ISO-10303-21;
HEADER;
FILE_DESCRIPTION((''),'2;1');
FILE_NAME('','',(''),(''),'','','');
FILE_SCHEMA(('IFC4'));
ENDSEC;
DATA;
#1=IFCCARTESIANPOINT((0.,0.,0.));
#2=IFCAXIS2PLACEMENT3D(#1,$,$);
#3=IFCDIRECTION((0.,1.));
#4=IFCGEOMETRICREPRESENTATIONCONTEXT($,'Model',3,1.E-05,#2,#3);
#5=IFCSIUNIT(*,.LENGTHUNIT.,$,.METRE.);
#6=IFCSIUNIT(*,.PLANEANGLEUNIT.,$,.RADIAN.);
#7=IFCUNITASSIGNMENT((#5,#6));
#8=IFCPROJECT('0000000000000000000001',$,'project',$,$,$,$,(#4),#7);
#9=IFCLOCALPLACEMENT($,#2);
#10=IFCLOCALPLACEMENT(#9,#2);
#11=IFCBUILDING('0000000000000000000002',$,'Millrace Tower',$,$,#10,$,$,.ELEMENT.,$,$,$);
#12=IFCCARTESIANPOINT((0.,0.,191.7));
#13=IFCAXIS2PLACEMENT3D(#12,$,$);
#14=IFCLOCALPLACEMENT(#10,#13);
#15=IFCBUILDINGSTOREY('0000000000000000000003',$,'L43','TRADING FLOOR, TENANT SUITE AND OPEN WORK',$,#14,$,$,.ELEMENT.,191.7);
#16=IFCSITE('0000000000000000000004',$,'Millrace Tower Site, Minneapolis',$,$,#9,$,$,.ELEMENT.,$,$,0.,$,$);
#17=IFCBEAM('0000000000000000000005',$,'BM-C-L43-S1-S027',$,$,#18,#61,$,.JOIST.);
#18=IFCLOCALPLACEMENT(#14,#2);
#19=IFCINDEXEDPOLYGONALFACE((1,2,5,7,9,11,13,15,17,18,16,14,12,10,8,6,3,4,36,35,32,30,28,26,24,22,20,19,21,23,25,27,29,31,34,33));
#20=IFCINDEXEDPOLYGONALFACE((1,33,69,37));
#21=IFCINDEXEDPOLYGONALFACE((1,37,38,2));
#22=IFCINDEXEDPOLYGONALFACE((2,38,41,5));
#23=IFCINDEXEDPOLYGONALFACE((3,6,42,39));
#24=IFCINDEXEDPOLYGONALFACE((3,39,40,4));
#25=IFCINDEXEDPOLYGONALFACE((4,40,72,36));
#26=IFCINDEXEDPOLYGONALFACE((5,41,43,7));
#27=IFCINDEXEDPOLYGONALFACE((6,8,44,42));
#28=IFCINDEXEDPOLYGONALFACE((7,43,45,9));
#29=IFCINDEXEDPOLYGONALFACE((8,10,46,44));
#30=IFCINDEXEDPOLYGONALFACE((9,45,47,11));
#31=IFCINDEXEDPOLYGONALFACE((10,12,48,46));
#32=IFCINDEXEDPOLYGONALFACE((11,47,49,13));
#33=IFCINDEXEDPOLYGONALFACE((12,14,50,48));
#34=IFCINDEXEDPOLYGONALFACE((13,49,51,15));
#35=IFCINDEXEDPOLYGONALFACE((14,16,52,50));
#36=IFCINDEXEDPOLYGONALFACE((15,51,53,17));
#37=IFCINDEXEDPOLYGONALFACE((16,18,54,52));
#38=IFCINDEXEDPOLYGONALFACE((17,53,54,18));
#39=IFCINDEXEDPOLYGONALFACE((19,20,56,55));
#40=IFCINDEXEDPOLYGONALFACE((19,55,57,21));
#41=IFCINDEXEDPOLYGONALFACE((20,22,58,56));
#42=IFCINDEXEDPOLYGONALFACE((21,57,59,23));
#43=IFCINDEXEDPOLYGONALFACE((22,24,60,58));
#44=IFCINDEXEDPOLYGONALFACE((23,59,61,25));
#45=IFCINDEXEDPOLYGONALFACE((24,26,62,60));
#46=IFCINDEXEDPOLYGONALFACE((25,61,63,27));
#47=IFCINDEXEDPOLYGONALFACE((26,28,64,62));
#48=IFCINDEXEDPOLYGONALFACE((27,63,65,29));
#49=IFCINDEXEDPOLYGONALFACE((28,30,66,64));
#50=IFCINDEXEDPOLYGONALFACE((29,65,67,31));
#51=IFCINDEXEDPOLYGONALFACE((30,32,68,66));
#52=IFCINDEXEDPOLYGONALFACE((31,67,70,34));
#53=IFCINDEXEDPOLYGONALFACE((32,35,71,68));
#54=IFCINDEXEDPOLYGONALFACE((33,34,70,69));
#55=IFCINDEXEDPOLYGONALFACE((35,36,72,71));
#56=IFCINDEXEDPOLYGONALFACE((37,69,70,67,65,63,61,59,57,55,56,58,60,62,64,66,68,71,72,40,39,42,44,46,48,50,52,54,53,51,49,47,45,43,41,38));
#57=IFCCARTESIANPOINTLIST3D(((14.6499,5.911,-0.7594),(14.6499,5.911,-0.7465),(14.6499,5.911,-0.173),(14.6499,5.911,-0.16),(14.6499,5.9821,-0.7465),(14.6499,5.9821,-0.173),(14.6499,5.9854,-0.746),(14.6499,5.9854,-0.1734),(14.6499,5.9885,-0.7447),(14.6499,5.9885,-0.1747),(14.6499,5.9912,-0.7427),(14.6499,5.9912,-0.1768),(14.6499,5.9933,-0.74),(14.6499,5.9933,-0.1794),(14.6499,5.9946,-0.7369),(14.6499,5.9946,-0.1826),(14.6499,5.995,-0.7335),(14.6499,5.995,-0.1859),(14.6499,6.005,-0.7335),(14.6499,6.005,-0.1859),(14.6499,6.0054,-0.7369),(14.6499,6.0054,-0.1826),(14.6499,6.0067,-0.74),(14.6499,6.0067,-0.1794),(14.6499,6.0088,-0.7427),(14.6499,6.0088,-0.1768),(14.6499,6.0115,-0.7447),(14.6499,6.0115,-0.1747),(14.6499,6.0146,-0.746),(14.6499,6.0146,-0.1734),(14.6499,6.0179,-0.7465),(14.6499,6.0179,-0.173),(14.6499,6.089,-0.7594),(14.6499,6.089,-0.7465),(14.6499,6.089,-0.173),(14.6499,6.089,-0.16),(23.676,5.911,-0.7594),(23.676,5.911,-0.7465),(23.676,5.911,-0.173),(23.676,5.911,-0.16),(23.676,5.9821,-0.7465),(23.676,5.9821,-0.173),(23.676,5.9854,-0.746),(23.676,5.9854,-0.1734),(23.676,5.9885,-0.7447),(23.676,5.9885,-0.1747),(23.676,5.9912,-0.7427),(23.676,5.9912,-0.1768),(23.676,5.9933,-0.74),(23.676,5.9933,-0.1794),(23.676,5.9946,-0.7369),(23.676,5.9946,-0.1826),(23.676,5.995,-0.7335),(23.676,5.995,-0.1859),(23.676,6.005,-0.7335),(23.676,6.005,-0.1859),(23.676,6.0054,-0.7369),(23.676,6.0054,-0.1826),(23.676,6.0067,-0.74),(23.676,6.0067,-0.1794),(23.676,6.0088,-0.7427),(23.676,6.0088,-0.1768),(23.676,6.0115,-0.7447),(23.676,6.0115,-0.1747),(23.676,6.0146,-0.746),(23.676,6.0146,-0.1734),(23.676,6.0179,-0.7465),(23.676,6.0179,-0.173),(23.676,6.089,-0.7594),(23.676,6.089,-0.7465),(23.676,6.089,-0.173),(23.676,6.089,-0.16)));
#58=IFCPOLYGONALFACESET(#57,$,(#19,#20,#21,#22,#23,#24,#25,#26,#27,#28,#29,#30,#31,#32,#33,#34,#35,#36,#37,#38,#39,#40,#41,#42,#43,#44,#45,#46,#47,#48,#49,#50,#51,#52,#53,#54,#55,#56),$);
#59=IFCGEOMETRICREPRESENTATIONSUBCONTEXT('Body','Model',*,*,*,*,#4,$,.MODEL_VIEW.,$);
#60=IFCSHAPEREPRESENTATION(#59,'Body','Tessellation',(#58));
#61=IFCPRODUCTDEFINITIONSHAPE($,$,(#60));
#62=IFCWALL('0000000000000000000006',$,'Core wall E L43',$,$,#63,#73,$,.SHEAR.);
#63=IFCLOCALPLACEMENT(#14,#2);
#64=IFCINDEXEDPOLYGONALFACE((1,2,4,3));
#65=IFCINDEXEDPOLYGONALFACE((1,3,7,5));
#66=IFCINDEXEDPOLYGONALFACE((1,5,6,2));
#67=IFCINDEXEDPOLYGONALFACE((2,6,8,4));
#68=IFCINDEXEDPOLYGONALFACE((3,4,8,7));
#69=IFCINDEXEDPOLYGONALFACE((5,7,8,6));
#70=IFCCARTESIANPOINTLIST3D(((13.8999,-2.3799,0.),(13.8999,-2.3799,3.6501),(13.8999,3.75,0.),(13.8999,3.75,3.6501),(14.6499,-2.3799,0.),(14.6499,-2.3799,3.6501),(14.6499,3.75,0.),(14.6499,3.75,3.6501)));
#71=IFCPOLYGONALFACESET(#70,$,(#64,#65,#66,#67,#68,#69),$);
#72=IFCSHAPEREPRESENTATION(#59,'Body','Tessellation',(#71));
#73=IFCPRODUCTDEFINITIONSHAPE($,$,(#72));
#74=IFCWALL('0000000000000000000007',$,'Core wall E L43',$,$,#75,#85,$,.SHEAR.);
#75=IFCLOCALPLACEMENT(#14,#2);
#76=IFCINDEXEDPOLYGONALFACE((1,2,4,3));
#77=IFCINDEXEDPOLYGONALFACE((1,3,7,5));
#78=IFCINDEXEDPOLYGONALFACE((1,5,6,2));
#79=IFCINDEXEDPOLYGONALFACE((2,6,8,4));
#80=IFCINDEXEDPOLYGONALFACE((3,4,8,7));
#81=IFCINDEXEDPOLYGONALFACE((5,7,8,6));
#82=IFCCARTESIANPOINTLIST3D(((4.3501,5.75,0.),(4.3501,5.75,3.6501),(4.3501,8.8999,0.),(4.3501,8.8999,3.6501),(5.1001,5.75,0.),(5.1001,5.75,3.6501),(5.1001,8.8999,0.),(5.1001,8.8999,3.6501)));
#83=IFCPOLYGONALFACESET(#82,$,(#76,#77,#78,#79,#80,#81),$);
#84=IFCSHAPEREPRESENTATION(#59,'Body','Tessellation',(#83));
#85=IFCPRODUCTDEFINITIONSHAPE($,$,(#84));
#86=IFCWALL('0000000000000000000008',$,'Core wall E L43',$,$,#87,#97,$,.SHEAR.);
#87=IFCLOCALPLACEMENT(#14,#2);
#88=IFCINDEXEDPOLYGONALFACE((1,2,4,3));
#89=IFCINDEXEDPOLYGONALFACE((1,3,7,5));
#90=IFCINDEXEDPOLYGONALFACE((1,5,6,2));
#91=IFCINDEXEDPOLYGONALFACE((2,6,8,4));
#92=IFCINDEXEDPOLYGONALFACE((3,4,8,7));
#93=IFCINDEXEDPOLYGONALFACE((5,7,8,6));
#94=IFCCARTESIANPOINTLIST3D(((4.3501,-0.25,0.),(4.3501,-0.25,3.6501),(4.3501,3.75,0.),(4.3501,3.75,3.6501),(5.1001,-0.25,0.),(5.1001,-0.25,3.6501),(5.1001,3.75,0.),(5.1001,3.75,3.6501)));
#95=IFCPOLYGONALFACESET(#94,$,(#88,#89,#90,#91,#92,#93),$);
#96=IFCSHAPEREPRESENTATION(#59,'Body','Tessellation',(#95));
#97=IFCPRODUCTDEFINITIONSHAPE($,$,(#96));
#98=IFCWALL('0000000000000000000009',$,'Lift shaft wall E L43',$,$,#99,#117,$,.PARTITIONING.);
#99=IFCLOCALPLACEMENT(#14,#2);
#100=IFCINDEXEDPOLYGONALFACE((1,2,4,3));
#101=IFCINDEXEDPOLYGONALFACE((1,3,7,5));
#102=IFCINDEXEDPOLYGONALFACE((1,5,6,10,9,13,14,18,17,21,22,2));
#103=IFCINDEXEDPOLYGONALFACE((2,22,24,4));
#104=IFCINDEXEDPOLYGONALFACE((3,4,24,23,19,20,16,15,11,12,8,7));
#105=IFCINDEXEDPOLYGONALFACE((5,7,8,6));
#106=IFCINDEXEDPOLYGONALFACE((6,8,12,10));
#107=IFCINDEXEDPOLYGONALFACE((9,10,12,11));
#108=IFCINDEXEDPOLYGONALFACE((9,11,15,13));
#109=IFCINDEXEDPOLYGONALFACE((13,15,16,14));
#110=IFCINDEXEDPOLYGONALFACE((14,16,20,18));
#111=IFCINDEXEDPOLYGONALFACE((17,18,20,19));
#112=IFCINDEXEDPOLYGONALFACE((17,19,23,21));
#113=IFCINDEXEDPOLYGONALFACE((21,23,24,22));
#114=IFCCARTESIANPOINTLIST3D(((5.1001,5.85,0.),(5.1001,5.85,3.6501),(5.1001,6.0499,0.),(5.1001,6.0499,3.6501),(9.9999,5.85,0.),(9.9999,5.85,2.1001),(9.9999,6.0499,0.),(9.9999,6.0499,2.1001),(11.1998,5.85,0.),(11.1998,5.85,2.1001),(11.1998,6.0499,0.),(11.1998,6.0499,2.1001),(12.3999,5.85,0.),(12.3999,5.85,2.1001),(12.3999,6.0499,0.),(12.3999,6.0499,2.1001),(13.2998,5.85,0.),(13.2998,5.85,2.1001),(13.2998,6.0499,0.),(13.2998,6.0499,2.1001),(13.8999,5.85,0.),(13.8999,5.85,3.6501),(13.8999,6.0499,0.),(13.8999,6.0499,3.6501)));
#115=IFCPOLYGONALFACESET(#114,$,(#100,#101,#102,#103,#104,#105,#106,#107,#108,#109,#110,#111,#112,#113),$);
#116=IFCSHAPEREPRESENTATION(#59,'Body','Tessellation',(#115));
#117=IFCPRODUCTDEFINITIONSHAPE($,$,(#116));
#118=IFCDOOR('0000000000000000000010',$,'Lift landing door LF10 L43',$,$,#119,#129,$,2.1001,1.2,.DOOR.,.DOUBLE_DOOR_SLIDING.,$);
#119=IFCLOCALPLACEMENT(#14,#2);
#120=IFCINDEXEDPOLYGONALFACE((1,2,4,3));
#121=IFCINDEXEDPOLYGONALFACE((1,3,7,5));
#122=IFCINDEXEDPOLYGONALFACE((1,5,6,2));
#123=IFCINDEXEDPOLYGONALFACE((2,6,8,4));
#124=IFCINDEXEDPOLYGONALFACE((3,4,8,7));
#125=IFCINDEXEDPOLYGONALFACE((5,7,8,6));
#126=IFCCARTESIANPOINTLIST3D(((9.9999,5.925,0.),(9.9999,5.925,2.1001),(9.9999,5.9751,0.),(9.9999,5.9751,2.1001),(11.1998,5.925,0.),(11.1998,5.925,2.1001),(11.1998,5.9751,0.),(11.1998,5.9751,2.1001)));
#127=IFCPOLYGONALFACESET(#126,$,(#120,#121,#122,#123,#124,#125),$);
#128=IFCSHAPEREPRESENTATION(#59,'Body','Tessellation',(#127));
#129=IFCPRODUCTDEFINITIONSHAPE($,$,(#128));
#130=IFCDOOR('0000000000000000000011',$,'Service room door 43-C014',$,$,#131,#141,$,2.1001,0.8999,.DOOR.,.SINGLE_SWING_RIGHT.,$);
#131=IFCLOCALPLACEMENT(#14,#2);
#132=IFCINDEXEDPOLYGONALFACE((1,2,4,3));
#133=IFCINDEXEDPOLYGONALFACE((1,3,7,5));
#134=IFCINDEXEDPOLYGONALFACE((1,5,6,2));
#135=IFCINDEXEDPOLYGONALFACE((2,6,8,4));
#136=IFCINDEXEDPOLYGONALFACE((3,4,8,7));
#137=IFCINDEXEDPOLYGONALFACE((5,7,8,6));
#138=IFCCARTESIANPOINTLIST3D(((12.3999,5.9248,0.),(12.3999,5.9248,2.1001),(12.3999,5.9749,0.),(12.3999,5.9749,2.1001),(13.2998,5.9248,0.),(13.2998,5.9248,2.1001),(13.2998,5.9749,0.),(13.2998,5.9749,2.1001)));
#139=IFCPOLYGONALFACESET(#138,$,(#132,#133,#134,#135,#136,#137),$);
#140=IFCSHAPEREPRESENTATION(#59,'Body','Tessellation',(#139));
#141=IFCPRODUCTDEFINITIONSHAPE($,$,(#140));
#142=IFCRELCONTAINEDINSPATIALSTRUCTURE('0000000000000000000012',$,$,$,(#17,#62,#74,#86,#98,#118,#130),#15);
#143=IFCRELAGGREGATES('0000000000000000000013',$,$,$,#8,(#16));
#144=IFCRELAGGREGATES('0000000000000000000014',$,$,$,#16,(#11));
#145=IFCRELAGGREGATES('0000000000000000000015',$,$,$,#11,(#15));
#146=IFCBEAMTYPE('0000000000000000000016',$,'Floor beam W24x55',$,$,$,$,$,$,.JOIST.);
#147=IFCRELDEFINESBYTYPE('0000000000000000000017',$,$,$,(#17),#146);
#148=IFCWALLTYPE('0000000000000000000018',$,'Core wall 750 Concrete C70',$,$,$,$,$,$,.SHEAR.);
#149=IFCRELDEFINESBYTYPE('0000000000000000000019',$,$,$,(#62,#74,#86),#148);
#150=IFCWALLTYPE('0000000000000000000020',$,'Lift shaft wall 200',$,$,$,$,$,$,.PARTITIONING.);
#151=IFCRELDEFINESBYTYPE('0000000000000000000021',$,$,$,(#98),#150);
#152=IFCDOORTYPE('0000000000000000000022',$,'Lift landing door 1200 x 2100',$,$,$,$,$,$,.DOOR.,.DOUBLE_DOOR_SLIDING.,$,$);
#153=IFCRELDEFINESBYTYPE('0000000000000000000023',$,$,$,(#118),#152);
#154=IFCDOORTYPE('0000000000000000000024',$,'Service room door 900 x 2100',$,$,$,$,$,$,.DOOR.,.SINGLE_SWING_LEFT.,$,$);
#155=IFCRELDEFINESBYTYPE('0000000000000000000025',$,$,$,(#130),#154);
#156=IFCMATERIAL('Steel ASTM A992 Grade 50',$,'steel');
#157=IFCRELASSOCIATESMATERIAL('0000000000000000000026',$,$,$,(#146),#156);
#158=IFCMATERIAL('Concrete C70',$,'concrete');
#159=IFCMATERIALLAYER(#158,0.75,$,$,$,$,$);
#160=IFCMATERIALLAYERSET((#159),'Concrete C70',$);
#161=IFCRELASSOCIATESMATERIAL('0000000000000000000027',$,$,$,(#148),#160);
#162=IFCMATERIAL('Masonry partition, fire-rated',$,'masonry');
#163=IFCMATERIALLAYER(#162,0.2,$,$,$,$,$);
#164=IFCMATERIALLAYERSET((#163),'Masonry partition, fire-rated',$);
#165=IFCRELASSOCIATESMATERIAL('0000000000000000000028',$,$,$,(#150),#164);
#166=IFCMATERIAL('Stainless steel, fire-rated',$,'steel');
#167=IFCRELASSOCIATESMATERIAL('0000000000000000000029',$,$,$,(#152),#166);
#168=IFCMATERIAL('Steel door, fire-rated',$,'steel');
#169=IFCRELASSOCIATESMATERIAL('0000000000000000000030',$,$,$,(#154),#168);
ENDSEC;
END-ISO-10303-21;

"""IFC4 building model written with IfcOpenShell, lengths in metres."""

from ifc_helpers import new_model, si_unit, direction, frame, frame_2d, origin, origin_2d, place, context, subcontext, project, spatial, rectangle, i_section, extrude, material, layer, layer_set, material_profile, profile_set, type_object, element, fill, save


model = new_model("IFC4")

# Units and contexts
model_context = context("Model", 3, precision=1e-05, world=origin(), true_north=direction((0.0, 1.0)))
body_context = subcontext(model_context, "Body", "Model", "MODEL_VIEW")
ifc_project = project(units=[si_unit("LENGTHUNIT", "METRE"), si_unit("PLANEANGLEUNIT", "RADIAN")], contexts=[model_context])

# Site, building, storey
site_placement = place(None, origin())
site = spatial("IfcSite", under=ifc_project, at=site_placement, Name="Millrace Tower Site, Minneapolis", CompositionType="ELEMENT", RefElevation=0.0)
building_placement = place(site_placement, origin())
building = spatial("IfcBuilding", under=site, at=building_placement, Name="Millrace Tower", CompositionType="ELEMENT")
storey_placement = place(building_placement, frame((0.0, 0.0, 191.7)))
storey = spatial("IfcBuildingStorey", under=building, at=storey_placement, Name="L43", Description="TRADING FLOOR, TENANT SUITE AND OPEN WORK", CompositionType="ELEMENT", Elevation=191.7)

# Beam
ifc_material_1 = material(Name="Steel ASTM A992 Grade 50", Category="steel")
ifc_material_profile_1 = material_profile(ifc_material_1, i_section(OverallWidth=0.178, OverallDepth=0.5994, WebThickness=0.01, FlangeThickness=0.0129, FilletRadius=0.0129, at=origin_2d()))
ifc_profile_set_1 = profile_set([ifc_material_profile_1], Name="Steel ASTM A992 Grade 50")
beam_type_1 = type_object("IfcBeamType", Name="Floor beam W24x55", PredefinedType="JOIST", material=ifc_profile_set_1)
beam_1_placement = place(storey_placement, frame((14.6499, 6.0, -0.4597), z_axis=(1.0, 0.0, 0.0), x_axis=(0.0, 1.0, 0.0)))
element("IfcBeam", 1, at=beam_1_placement, inside=storey, type_object=beam_type_1, Name="BM-C-L43-S1-S027", PredefinedType="JOIST", context=body_context, shape_type="SweptSolid", body=[
    extrude(i_section(OverallWidth=0.178, OverallDepth=0.5994, WebThickness=0.01, FlangeThickness=0.0129, FilletRadius=0.0129, at=origin_2d()), origin(), (0.0, 0.0, 1.0), 9.0261),
])

# Walls
ifc_material_2 = material(Name="Concrete C70", Category="concrete")
ifc_layer_1 = layer(ifc_material_2, 0.75)
ifc_layer_set_1 = layer_set([ifc_layer_1], Name="Concrete C70")
wall_type_1 = type_object("IfcWallType", Name="Core wall 750 Concrete C70", PredefinedType="SHEAR", material=ifc_layer_set_1)
wall_1_placement = place(storey_placement, frame((14.2749, 3.75, 0.0), z_axis=(0.0, 0.0, 1.0), x_axis=(0.0, -1.0, 0.0)))
element("IfcWall", 2, at=wall_1_placement, inside=storey, type_object=wall_type_1, Name="Core wall E L43", PredefinedType="SHEAR", context=body_context, shape_type="SweptSolid", body=[
    extrude(rectangle(XDim=6.1299, YDim=0.75, at=frame_2d((3.0649, 0.0))), origin(), (0.0, 0.0, 1.0), 3.6501),
])
wall_2_placement = place(storey_placement, frame((4.7251, 8.8999, 0.0), z_axis=(0.0, 0.0, 1.0), x_axis=(0.0, -1.0, 0.0)))
element("IfcWall", 3, at=wall_2_placement, inside=storey, type_object=wall_type_1, Name="Core wall E L43", PredefinedType="SHEAR", context=body_context, shape_type="SweptSolid", body=[
    extrude(rectangle(XDim=3.1499, YDim=0.75, at=frame_2d((1.575, 0.0))), origin(), (0.0, 0.0, 1.0), 3.6501),
])
wall_3_placement = place(storey_placement, frame((4.7251, 3.75, 0.0), z_axis=(0.0, 0.0, 1.0), x_axis=(0.0, -1.0, 0.0)))
element("IfcWall", 4, at=wall_3_placement, inside=storey, type_object=wall_type_1, Name="Core wall E L43", PredefinedType="SHEAR", context=body_context, shape_type="SweptSolid", body=[
    extrude(rectangle(XDim=4.0, YDim=0.75, at=frame_2d((2.0, 0.0))), origin(), (0.0, 0.0, 1.0), 3.6501),
])

# Wall, openings, doors
ifc_material_3 = material(Name="Masonry partition, fire-rated", Category="masonry")
ifc_layer_2 = layer(ifc_material_3, 0.2)
ifc_layer_set_2 = layer_set([ifc_layer_2], Name="Masonry partition, fire-rated")
wall_type_2 = type_object("IfcWallType", Name="Lift shaft wall 200", PredefinedType="PARTITIONING", material=ifc_layer_set_2)
wall_4_placement = place(storey_placement, frame((13.8999, 5.95, 0.0), z_axis=(0.0, 0.0, 1.0), x_axis=(-1.0, 0.0, 0.0)))
wall_4 = element("IfcWall", 5, at=wall_4_placement, inside=storey, type_object=wall_type_2, Name="Lift shaft wall E L43", PredefinedType="PARTITIONING", context=body_context, shape_type="SweptSolid", body=[
    extrude(rectangle(XDim=8.7998, YDim=0.2, at=frame_2d((4.3999, 0.0))), origin(), (0.0, 0.0, 1.0), 3.6501),
])
opening_1_placement = place(wall_4_placement, frame((2.7, 0.0, 0.0)))
opening_1 = element("IfcOpeningElement", 6, at=opening_1_placement, cuts=wall_4, PredefinedType="OPENING", context=body_context, shape_type="SweptSolid", body=[
    extrude(rectangle(XDim=1.2, YDim=2.1001, at=frame_2d((0.6001, 1.05))), frame((0.0, 0.1099, 0.0), z_axis=(0.0, -1.0, 0.0), x_axis=(1.0, 0.0, 0.0)), (0.0, 0.0, 1.0), 0.22),
])
opening_2_placement = place(wall_4_placement, frame((0.6001, 0.0, 0.0)))
opening_2 = element("IfcOpeningElement", 7, at=opening_2_placement, cuts=wall_4, PredefinedType="OPENING", context=body_context, shape_type="SweptSolid", body=[
    extrude(rectangle(XDim=0.8999, YDim=2.1001, at=frame_2d((0.45, 1.05))), frame((0.0, 0.1099, 0.0), z_axis=(0.0, -1.0, 0.0), x_axis=(1.0, 0.0, 0.0)), (0.0, 0.0, 1.0), 0.22),
])
ifc_material_4 = material(Name="Stainless steel, fire-rated", Category="steel")
door_type_1 = type_object("IfcDoorType", Name="Lift landing door 1200 x 2100", OperationType="DOUBLE_DOOR_SLIDING", PredefinedType="DOOR", material=ifc_material_4)
door_1_placement = place(opening_1_placement, origin())
door_1 = element("IfcDoor", 8, at=door_1_placement, inside=storey, type_object=door_type_1, Name="Lift landing door LF10 L43", OperationType="DOUBLE_DOOR_SLIDING", OverallHeight=2.1001, OverallWidth=1.2, PredefinedType="DOOR", context=body_context, shape_type="SweptSolid", body=[
    extrude(rectangle(XDim=1.2, YDim=2.1001, at=frame_2d((0.6001, 1.05))), frame((0.0, 0.0249, 0.0), z_axis=(0.0, -1.0, 0.0), x_axis=(1.0, 0.0, 0.0)), (0.0, 0.0, 1.0), 0.05),
])
fill(opening_1, door_1)
ifc_material_5 = material(Name="Steel door, fire-rated", Category="steel")
door_type_2 = type_object("IfcDoorType", Name="Service room door 900 x 2100", OperationType="SINGLE_SWING_LEFT", PredefinedType="DOOR", material=ifc_material_5)
door_2_placement = place(opening_2_placement, frame((0.8999, 0.0, 0.0), z_axis=(0.0, 0.0, 1.0), x_axis=(-1.0, 0.0, 0.0)))
door_2 = element("IfcDoor", 9, at=door_2_placement, inside=storey, type_object=door_type_2, Name="Service room door 43-C014", OperationType="SINGLE_SWING_RIGHT", OverallHeight=2.1001, OverallWidth=0.8999, PredefinedType="DOOR", context=body_context, shape_type="SweptSolid", body=[
    extrude(rectangle(XDim=0.8999, YDim=2.1001, at=frame_2d((0.45, 1.05))), frame((0.0, 0.0249, 0.0), z_axis=(0.0, -1.0, 0.0), x_axis=(1.0, 0.0, 0.0)), (0.0, 0.0, 1.0), 0.05),
])
fill(opening_2, door_2)

save(model, "model.ifc")
